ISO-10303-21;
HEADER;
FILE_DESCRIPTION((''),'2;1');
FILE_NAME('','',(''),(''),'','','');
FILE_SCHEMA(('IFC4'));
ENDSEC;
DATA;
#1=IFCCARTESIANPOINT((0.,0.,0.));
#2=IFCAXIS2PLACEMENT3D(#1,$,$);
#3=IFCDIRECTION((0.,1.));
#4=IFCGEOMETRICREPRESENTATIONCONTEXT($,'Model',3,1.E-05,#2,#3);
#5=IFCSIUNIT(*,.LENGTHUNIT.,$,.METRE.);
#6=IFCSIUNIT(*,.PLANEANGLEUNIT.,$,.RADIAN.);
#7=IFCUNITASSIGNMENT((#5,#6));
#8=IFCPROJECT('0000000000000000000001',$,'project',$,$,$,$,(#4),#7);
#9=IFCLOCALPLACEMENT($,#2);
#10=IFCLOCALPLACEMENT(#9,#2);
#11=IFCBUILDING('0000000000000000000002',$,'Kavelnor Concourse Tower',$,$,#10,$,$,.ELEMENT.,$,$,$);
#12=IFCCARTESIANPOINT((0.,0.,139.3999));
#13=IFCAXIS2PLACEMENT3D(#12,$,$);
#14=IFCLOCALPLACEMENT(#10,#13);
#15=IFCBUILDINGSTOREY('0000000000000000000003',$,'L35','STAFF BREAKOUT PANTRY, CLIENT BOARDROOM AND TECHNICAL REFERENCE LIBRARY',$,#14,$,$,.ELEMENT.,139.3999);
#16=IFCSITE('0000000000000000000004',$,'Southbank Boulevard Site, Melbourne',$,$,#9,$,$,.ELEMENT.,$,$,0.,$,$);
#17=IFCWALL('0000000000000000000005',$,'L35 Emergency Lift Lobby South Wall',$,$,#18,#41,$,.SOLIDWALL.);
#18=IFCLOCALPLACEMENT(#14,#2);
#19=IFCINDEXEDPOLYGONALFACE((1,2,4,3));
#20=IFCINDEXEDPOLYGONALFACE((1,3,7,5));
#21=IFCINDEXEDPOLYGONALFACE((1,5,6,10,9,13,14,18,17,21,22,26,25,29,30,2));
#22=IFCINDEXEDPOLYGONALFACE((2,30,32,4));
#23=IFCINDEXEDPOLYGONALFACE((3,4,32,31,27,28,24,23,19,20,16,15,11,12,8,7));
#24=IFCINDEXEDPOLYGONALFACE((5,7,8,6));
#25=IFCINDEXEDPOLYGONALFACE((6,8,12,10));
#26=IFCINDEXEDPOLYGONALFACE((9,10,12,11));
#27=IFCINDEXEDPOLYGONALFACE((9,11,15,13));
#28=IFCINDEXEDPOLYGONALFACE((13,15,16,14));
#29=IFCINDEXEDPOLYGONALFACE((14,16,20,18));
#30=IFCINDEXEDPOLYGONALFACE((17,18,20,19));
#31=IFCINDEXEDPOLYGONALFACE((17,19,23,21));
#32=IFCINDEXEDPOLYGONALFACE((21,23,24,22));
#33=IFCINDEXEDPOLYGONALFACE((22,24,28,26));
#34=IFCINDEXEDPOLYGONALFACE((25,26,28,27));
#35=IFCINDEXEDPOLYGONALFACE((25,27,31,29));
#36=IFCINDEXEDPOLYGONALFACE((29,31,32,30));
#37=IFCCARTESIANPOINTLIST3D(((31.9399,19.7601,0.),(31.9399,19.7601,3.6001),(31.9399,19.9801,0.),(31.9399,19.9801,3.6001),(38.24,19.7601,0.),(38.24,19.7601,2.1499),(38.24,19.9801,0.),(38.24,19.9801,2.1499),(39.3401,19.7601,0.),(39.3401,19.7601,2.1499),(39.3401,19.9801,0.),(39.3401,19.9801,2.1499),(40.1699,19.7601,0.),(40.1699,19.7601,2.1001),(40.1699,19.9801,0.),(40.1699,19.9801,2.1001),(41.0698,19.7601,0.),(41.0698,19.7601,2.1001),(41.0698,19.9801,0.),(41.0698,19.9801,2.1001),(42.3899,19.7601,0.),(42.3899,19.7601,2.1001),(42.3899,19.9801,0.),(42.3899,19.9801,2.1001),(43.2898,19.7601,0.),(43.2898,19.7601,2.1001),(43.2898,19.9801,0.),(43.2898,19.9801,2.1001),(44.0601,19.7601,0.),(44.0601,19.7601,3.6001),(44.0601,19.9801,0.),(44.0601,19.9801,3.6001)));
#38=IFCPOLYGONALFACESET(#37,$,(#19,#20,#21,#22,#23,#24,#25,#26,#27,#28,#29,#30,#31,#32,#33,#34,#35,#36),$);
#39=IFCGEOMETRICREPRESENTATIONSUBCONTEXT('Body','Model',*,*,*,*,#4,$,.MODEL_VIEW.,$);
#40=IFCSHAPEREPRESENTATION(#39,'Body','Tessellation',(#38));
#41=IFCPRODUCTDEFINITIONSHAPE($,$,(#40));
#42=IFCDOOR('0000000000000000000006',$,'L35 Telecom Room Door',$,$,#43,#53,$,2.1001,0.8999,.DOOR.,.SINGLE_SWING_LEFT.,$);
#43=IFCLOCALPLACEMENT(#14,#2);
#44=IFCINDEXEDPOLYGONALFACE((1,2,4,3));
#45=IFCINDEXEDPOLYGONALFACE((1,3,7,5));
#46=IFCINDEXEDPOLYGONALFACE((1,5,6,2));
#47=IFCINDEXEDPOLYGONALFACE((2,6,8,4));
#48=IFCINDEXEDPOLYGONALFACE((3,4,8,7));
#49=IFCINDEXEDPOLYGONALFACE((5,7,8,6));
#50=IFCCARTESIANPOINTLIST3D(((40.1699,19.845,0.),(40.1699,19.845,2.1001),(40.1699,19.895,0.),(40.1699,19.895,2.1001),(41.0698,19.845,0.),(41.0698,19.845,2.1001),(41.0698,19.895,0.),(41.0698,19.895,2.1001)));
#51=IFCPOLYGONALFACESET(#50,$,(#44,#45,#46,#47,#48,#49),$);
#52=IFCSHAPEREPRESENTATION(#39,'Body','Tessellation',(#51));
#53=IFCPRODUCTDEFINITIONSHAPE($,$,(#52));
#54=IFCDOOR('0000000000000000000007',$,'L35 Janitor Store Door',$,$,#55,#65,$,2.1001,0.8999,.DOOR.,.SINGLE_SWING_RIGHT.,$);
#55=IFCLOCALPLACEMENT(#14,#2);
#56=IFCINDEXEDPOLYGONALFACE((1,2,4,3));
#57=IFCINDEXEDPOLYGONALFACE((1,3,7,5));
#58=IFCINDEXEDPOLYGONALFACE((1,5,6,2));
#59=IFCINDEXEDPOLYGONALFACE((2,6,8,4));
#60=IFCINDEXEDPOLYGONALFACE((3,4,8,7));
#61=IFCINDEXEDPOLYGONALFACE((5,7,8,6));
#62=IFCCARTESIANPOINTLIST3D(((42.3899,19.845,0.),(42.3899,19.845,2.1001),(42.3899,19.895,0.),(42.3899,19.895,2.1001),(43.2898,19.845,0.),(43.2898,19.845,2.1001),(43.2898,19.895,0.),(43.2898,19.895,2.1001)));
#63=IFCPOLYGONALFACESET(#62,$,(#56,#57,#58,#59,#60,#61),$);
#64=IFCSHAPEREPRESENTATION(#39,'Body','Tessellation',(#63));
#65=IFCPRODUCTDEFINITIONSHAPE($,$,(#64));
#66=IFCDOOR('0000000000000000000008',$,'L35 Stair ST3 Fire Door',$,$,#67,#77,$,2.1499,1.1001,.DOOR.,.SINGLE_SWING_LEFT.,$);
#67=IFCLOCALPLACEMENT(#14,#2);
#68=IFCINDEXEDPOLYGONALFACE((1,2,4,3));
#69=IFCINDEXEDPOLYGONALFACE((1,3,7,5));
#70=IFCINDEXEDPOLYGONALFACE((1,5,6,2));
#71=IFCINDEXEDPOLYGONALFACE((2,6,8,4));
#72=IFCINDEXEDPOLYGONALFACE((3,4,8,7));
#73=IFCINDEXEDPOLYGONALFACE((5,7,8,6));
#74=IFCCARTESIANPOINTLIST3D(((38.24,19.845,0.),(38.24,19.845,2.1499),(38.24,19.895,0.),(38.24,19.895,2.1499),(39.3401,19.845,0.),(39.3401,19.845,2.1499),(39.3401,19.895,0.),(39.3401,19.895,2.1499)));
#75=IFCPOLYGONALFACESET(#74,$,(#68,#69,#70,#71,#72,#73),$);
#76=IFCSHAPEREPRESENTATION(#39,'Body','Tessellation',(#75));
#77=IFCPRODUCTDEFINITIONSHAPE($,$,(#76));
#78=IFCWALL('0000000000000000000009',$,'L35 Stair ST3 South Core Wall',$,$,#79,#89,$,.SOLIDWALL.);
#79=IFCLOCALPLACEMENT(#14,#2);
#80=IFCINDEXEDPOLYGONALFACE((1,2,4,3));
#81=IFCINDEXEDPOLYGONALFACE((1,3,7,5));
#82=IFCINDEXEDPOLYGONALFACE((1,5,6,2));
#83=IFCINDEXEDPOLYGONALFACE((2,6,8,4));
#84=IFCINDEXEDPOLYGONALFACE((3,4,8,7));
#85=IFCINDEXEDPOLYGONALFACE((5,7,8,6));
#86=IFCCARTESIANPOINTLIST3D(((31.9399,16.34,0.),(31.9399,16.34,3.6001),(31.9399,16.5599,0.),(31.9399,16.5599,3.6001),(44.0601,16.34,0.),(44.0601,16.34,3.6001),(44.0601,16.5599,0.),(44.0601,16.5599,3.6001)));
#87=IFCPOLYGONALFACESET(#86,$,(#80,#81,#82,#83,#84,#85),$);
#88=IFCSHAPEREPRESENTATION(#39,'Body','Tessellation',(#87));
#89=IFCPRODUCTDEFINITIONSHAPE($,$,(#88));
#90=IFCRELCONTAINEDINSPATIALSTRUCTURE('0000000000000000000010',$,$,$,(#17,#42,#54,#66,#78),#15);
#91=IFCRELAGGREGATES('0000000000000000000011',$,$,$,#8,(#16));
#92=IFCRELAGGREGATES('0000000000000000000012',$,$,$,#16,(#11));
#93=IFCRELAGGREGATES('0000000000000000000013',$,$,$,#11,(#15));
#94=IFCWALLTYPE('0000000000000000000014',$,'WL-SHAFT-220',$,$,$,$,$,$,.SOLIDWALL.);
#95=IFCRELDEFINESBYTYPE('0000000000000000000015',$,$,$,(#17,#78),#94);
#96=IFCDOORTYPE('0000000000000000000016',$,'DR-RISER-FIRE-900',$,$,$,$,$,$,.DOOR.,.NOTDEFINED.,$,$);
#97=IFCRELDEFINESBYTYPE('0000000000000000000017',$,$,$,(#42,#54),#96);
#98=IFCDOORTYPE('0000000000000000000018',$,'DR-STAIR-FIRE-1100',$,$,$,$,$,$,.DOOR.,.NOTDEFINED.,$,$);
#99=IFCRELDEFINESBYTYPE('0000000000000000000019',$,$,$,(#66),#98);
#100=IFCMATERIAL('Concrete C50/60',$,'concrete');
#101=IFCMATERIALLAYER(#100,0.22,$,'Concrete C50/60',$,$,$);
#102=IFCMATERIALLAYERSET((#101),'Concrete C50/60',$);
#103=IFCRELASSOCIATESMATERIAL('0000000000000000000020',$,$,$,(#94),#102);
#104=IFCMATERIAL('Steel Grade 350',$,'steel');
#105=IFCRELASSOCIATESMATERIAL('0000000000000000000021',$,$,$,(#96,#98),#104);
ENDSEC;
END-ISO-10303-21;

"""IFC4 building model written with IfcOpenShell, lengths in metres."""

from ifc_helpers import new_model, si_unit, direction, frame, frame_2d, origin, place, context, subcontext, project, spatial, rectangle, extrude, material, layer, layer_set, type_object, element, fill, save


model = new_model("IFC4")

# Units and contexts
model_context = context("Model", 3, precision=1e-05, world=origin(), true_north=direction((0.0, 1.0)))
body_context = subcontext(model_context, "Body", "Model", "MODEL_VIEW")
ifc_project = project(units=[si_unit("LENGTHUNIT", "METRE"), si_unit("PLANEANGLEUNIT", "RADIAN")], contexts=[model_context])

# Site, building, storey
site_placement = place(None, origin())
site = spatial("IfcSite", under=ifc_project, at=site_placement, Name="Southbank Boulevard Site, Melbourne", CompositionType="ELEMENT", RefElevation=0.0)
building_placement = place(site_placement, origin())
building = spatial("IfcBuilding", under=site, at=building_placement, Name="Kavelnor Concourse Tower", CompositionType="ELEMENT")
storey_placement = place(building_placement, frame((0.0, 0.0, 139.3999)))
storey = spatial("IfcBuildingStorey", under=building, at=storey_placement, Name="L35", Description="STAFF BREAKOUT PANTRY, CLIENT BOARDROOM AND TECHNICAL REFERENCE LIBRARY", CompositionType="ELEMENT", Elevation=139.3999)

# Shared definitions
ifc_material_1 = material(Name="Steel Grade 350", Category="steel")

# Wall, openings, doors
ifc_material_2 = material(Name="Concrete C50/60", Category="concrete")
ifc_layer_1 = layer(ifc_material_2, 0.22, Name="Concrete C50/60")
ifc_layer_set_1 = layer_set([ifc_layer_1], Name="Concrete C50/60")
wall_type_1 = type_object("IfcWallType", Name="WL-SHAFT-220", PredefinedType="SOLIDWALL", material=ifc_layer_set_1)
wall_1_placement = place(storey_placement, frame((31.9399, 19.8701, 0.0), z_axis=(0.0, 0.0, 1.0), x_axis=(1.0, 0.0, 0.0)))
wall_1 = element("IfcWall", 1, at=wall_1_placement, inside=storey, type_object=wall_type_1, Name="L35 Emergency Lift Lobby South Wall", PredefinedType="SOLIDWALL", context=body_context, shape_type="SweptSolid", body=[
    extrude(rectangle(XDim=12.1201, YDim=0.22, at=frame_2d((6.0601, 0.0))), origin(), (0.0, 0.0, 1.0), 3.6001),
])
opening_1_placement = place(wall_1_placement, frame((6.3, 0.0, 0.0)))
opening_1 = element("IfcOpeningElement", 2, at=opening_1_placement, cuts=wall_1, PredefinedType="OPENING", context=body_context, shape_type="SweptSolid", body=[
    extrude(rectangle(XDim=1.1001, YDim=2.1499, at=frame_2d((0.55, 1.075))), frame((0.0, 0.1201, 0.0), z_axis=(0.0, -1.0, 0.0), x_axis=(1.0, 0.0, 0.0)), (0.0, 0.0, 1.0), 0.24),
])
opening_2_placement = place(wall_1_placement, frame((8.23, 0.0, 0.0)))
opening_2 = element("IfcOpeningElement", 3, at=opening_2_placement, cuts=wall_1, PredefinedType="OPENING", context=body_context, shape_type="SweptSolid", body=[
    extrude(rectangle(XDim=0.8999, YDim=2.1001, at=frame_2d((0.45, 1.05))), frame((0.0, 0.1201, 0.0), z_axis=(0.0, -1.0, 0.0), x_axis=(1.0, 0.0, 0.0)), (0.0, 0.0, 1.0), 0.24),
])
opening_3_placement = place(wall_1_placement, frame((10.45, 0.0, 0.0)))
opening_3 = element("IfcOpeningElement", 4, at=opening_3_placement, cuts=wall_1, PredefinedType="OPENING", context=body_context, shape_type="SweptSolid", body=[
    extrude(rectangle(XDim=0.8999, YDim=2.1001, at=frame_2d((0.45, 1.05))), frame((0.0, 0.1201, 0.0), z_axis=(0.0, -1.0, 0.0), x_axis=(1.0, 0.0, 0.0)), (0.0, 0.0, 1.0), 0.24),
])
door_type_1 = type_object("IfcDoorType", Name="DR-RISER-FIRE-900", OperationType="NOTDEFINED", PredefinedType="DOOR", material=ifc_material_1)
door_1_placement = place(opening_2_placement, origin())
door_1 = element("IfcDoor", 5, at=door_1_placement, inside=storey, type_object=door_type_1, Name="L35 Telecom Room Door", OperationType="SINGLE_SWING_LEFT", OverallHeight=2.1001, OverallWidth=0.8999, PredefinedType="DOOR", context=body_context, shape_type="SweptSolid", body=[
    extrude(rectangle(XDim=0.8999, YDim=2.1001, at=frame_2d((0.45, 1.05))), frame((0.0, 0.0249, 0.0), z_axis=(0.0, -1.0, 0.0), x_axis=(1.0, 0.0, 0.0)), (0.0, 0.0, 1.0), 0.05),
])
fill(opening_2, door_1)
door_2_placement = place(opening_3_placement, origin())
door_2 = element("IfcDoor", 6, at=door_2_placement, inside=storey, type_object=door_type_1, Name="L35 Janitor Store Door", OperationType="SINGLE_SWING_RIGHT", OverallHeight=2.1001, OverallWidth=0.8999, PredefinedType="DOOR", context=body_context, shape_type="SweptSolid", body=[
    extrude(rectangle(XDim=0.8999, YDim=2.1001, at=frame_2d((0.45, 1.05))), frame((0.0, 0.0249, 0.0), z_axis=(0.0, -1.0, 0.0), x_axis=(1.0, 0.0, 0.0)), (0.0, 0.0, 1.0), 0.05),
])
fill(opening_3, door_2)
door_type_2 = type_object("IfcDoorType", Name="DR-STAIR-FIRE-1100", OperationType="NOTDEFINED", PredefinedType="DOOR", material=ifc_material_1)
door_3_placement = place(opening_1_placement, origin())
door_3 = element("IfcDoor", 7, at=door_3_placement, inside=storey, type_object=door_type_2, Name="L35 Stair ST3 Fire Door", OperationType="SINGLE_SWING_LEFT", OverallHeight=2.1499, OverallWidth=1.1001, PredefinedType="DOOR", context=body_context, shape_type="SweptSolid", body=[
    extrude(rectangle(XDim=1.1001, YDim=2.1499, at=frame_2d((0.55, 1.075))), frame((0.0, 0.0249, 0.0), z_axis=(0.0, -1.0, 0.0), x_axis=(1.0, 0.0, 0.0)), (0.0, 0.0, 1.0), 0.05),
])
fill(opening_1, door_3)

# Wall
wall_2_placement = place(storey_placement, frame((31.9399, 16.45, 0.0), z_axis=(0.0, 0.0, 1.0), x_axis=(1.0, 0.0, 0.0)))
element("IfcWall", 8, at=wall_2_placement, inside=storey, type_object=wall_type_1, Name="L35 Stair ST3 South Core Wall", PredefinedType="SOLIDWALL", context=body_context, shape_type="SweptSolid", body=[
    extrude(rectangle(XDim=12.1201, YDim=0.22, at=frame_2d((6.0601, 0.0))), origin(), (0.0, 0.0, 1.0), 3.6001),
])

save(model, "model.ifc")
